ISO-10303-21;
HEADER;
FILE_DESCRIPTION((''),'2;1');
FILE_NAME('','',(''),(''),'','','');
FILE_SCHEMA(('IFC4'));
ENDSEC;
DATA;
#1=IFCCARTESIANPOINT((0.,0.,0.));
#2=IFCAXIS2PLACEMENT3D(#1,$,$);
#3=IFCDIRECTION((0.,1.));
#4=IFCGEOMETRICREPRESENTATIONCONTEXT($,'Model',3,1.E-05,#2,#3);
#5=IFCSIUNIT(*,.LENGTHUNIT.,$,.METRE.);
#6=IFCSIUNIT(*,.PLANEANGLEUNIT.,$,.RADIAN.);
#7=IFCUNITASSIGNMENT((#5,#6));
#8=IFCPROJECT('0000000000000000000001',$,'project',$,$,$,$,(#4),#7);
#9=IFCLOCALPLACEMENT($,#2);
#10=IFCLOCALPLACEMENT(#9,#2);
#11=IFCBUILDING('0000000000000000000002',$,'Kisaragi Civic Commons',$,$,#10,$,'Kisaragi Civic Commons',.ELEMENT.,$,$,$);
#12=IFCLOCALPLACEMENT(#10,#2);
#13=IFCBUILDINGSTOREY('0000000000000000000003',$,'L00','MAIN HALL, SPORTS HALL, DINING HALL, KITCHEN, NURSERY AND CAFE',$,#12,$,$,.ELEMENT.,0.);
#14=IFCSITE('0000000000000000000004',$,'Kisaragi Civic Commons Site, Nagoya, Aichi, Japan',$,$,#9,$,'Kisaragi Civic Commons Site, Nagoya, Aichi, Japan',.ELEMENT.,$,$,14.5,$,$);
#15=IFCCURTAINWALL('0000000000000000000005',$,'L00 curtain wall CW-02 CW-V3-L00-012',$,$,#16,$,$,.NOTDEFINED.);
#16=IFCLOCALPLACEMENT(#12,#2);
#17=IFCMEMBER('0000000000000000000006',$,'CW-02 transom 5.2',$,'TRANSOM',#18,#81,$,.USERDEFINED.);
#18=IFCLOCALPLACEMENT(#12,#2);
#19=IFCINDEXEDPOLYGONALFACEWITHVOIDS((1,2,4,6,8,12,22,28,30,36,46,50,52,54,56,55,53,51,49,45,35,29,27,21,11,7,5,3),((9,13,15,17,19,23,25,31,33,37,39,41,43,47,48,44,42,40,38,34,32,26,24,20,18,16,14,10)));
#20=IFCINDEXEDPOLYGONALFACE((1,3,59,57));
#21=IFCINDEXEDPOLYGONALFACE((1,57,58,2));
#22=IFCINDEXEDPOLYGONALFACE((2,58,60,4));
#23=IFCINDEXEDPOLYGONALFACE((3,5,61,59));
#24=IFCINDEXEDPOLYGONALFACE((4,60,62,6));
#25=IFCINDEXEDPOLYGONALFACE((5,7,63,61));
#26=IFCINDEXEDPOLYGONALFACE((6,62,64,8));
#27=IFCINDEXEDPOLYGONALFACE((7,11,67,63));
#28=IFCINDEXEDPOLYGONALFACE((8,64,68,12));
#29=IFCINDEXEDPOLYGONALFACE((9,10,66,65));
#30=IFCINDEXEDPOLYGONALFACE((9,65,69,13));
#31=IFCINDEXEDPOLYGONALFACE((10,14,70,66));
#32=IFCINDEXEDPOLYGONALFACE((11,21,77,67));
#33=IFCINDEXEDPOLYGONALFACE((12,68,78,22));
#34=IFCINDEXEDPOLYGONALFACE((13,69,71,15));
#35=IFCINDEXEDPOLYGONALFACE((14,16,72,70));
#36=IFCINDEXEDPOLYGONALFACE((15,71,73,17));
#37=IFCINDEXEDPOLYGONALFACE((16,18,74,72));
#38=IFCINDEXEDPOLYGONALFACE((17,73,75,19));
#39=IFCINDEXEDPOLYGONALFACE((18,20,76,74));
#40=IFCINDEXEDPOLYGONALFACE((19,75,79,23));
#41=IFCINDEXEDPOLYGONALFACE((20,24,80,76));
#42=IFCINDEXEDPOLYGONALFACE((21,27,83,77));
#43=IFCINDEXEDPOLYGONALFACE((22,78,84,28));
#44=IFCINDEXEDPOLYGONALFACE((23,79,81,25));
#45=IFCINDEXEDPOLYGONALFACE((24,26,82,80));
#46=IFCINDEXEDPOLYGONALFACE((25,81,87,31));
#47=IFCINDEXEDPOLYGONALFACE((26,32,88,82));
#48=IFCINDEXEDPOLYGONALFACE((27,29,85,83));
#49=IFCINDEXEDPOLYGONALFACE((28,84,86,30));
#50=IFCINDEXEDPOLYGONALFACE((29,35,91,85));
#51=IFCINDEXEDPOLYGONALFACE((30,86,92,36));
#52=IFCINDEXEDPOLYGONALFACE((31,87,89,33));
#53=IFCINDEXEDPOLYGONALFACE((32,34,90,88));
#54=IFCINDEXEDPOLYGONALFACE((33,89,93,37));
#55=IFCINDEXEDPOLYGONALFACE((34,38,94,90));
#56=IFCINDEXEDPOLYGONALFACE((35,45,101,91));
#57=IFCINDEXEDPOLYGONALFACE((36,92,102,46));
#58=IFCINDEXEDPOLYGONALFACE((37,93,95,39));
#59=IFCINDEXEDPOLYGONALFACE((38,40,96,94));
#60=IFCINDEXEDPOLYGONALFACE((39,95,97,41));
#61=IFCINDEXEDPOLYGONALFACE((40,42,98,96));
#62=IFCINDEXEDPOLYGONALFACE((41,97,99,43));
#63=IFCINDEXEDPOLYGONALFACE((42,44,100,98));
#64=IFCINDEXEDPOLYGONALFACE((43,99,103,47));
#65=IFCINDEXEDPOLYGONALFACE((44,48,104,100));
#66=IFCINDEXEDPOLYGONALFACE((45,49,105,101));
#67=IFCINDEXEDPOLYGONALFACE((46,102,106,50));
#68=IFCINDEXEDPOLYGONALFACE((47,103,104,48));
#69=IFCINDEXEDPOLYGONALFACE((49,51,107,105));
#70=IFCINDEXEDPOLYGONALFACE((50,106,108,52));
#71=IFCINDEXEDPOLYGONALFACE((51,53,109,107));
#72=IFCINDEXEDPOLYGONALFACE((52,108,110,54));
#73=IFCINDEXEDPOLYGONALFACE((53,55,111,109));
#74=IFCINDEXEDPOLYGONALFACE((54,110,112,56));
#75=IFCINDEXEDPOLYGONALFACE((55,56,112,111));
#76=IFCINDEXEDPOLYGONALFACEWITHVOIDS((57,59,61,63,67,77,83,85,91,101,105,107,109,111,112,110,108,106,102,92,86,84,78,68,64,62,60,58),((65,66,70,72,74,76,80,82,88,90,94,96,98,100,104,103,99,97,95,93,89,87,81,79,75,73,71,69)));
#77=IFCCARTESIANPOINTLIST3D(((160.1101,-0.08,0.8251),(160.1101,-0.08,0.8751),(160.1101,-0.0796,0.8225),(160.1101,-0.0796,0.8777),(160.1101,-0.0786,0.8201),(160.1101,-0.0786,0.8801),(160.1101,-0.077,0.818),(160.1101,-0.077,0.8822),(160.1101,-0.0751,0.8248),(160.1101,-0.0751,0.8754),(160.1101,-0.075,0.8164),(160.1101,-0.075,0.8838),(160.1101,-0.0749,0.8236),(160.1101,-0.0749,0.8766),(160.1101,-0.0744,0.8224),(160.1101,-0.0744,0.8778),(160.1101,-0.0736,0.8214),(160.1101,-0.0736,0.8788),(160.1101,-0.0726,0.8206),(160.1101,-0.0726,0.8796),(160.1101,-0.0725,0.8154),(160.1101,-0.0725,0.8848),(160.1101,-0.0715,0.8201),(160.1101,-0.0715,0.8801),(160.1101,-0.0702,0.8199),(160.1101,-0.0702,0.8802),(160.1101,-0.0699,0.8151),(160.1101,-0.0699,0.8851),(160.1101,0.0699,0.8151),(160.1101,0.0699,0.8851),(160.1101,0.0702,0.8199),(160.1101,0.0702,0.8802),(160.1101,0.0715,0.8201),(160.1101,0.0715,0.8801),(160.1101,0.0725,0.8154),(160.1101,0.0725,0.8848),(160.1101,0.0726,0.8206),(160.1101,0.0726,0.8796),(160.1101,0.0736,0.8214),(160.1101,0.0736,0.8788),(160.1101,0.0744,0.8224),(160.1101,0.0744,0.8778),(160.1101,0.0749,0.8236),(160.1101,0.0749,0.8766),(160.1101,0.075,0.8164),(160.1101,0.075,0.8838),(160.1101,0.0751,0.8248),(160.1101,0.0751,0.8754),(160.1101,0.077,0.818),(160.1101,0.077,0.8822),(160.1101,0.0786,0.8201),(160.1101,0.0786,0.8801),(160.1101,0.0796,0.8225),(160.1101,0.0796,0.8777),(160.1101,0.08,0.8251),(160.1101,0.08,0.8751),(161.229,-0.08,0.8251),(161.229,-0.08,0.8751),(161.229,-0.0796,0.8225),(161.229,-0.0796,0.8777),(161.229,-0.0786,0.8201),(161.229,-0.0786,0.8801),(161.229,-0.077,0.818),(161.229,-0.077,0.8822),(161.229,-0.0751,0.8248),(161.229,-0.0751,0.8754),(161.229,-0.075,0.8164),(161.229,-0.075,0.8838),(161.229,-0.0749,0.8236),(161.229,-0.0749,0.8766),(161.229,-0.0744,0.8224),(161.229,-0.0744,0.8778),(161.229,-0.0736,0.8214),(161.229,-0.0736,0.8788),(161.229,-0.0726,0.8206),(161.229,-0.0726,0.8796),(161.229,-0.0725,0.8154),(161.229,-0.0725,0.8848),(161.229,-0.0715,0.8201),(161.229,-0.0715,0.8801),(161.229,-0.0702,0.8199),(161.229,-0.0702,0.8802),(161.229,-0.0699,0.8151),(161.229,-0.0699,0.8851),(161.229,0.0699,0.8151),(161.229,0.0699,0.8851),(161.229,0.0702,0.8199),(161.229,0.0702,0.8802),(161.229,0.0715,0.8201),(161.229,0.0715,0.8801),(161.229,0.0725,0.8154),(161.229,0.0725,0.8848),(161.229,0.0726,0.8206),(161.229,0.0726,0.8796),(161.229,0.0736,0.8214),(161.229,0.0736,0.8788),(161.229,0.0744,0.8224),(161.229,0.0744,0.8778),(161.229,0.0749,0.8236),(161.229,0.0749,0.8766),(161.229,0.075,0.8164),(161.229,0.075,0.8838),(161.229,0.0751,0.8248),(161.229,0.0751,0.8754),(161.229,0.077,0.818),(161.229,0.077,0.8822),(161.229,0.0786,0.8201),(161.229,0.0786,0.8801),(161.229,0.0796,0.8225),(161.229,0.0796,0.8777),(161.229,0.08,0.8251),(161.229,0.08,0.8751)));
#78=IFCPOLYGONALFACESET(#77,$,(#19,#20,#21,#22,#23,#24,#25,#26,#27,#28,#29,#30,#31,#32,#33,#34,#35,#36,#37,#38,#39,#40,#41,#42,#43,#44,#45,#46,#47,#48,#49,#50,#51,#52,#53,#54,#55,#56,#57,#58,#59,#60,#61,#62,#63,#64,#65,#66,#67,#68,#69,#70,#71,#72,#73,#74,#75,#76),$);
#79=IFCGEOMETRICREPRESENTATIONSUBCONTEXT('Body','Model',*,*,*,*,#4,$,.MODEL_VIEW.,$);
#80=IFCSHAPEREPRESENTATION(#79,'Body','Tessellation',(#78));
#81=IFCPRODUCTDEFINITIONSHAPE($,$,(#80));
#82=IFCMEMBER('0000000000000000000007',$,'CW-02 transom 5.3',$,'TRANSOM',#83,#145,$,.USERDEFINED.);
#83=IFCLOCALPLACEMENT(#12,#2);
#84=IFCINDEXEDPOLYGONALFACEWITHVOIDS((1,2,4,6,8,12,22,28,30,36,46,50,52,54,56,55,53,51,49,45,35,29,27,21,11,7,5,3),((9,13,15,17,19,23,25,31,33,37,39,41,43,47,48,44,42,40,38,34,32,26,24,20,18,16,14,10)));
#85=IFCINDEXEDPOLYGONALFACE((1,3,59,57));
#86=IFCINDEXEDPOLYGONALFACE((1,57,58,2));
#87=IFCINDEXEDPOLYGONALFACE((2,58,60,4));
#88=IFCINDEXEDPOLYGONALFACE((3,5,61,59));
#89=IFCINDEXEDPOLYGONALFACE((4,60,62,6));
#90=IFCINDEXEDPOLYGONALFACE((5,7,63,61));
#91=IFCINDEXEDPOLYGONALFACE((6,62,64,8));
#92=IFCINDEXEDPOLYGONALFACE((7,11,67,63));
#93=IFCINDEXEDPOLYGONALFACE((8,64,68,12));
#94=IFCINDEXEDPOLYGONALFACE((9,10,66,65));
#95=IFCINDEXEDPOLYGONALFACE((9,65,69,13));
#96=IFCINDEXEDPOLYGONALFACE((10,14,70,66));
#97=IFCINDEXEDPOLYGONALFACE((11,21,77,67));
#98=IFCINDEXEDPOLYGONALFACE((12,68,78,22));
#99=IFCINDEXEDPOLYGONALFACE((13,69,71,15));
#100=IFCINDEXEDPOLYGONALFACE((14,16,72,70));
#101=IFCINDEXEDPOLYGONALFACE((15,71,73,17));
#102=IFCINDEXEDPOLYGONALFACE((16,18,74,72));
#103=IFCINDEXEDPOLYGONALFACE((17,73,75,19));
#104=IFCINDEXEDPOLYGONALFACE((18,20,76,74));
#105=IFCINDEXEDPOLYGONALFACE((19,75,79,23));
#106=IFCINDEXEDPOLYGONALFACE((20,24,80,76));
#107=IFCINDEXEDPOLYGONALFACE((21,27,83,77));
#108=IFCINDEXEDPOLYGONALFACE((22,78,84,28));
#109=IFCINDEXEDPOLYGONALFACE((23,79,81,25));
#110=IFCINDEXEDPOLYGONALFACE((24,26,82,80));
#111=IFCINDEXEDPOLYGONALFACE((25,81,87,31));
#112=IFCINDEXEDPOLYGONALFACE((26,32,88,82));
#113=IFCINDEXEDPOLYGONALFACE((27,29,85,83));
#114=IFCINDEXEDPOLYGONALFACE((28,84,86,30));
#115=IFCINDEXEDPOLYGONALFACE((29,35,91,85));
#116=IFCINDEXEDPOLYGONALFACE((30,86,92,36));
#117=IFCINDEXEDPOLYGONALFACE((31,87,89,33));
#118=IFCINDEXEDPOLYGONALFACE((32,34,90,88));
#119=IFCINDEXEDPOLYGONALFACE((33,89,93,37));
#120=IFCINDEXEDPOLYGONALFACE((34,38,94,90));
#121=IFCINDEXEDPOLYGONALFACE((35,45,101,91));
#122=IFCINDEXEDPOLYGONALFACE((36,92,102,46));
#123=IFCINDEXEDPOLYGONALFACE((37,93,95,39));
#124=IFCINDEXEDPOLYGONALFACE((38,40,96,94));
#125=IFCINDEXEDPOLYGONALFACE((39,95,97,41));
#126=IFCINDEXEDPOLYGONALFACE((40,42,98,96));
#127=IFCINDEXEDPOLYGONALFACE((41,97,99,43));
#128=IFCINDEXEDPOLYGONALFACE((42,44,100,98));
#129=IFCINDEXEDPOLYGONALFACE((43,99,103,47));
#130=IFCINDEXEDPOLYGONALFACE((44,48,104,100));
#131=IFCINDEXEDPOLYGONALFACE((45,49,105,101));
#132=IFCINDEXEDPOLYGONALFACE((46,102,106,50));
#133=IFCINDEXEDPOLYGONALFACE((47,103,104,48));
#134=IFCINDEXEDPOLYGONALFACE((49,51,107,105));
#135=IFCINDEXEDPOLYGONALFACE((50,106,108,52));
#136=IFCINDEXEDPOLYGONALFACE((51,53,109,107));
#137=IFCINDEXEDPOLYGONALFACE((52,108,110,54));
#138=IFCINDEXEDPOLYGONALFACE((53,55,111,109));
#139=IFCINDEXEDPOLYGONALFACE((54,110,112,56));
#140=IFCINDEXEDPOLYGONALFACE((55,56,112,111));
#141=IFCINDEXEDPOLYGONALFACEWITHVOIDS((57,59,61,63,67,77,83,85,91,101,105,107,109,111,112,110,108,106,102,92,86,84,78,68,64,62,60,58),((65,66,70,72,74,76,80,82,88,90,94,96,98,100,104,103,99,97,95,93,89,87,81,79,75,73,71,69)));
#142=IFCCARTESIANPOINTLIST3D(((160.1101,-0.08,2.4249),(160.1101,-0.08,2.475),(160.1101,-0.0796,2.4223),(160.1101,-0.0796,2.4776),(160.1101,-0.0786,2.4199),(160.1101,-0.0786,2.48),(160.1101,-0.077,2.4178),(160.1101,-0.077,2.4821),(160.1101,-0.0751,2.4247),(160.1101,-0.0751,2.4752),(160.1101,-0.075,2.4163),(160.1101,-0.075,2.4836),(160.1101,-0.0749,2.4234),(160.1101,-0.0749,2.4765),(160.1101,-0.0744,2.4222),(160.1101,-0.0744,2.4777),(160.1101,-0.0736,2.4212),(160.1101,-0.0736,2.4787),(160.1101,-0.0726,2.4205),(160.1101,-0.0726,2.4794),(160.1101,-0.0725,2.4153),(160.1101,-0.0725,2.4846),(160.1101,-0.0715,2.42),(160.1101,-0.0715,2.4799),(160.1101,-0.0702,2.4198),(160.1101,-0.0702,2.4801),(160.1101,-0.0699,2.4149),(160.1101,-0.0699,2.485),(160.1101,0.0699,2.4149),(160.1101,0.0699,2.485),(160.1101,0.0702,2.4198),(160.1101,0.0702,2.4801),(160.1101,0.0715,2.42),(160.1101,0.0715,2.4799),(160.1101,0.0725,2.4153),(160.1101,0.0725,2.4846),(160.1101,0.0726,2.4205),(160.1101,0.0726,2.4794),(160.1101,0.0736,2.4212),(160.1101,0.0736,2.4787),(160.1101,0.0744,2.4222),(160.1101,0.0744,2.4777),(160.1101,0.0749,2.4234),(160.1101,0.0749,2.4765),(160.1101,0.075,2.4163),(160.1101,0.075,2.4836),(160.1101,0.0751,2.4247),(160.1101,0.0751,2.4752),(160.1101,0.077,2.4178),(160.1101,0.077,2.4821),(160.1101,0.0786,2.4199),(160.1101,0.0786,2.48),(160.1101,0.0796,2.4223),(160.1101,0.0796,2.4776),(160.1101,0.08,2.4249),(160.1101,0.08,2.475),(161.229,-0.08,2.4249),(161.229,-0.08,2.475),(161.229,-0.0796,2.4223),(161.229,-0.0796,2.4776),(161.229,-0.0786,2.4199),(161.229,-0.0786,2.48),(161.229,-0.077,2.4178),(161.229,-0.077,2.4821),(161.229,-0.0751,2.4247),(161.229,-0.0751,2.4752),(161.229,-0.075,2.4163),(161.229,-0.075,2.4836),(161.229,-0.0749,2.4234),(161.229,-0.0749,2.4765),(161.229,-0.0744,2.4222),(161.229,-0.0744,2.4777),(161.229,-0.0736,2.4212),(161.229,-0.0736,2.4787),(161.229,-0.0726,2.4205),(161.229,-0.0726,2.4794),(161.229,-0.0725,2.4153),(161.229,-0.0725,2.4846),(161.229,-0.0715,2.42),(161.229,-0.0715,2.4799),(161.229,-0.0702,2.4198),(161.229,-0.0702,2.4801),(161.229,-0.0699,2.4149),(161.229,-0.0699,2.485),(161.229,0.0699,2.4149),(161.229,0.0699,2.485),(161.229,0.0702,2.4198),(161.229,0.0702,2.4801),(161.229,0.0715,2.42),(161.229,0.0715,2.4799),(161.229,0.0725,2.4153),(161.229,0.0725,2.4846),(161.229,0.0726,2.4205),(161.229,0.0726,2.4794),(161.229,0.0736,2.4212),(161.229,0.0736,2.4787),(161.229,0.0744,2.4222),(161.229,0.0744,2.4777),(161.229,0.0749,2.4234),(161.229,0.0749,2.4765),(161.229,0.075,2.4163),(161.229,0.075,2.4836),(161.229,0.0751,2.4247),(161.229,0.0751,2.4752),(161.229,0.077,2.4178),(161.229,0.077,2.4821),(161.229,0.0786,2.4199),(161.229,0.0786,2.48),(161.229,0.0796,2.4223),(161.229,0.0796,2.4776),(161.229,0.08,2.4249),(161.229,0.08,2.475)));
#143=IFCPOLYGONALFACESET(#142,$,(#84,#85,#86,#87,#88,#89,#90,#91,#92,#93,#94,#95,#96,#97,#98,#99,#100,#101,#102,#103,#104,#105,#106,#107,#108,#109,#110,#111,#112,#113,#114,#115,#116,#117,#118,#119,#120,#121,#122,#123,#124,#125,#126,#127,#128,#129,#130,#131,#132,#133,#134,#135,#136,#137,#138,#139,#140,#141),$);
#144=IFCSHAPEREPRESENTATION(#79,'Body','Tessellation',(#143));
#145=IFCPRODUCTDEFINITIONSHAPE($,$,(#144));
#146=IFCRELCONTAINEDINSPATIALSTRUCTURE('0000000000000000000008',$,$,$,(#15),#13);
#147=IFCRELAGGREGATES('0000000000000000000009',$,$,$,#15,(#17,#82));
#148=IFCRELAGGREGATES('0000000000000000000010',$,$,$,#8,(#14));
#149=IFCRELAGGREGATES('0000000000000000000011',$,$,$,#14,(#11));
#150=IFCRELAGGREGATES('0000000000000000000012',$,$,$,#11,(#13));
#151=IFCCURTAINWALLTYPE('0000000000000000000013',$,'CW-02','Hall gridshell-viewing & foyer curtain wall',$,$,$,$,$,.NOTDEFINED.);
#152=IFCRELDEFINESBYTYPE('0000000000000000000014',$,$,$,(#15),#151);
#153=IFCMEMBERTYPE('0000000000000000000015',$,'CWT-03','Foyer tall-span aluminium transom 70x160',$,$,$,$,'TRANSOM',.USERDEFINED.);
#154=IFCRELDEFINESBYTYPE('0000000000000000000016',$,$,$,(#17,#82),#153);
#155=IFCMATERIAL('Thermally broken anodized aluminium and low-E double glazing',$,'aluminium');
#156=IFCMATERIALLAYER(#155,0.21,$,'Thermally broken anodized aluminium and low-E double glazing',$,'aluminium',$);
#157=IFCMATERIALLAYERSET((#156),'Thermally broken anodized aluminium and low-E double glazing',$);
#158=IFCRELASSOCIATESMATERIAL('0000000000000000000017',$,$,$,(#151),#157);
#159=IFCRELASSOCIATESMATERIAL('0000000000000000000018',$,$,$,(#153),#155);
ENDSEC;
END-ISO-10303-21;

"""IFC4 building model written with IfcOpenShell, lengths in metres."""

from ifc_helpers import new_model, si_unit, direction, frame, origin, origin_2d, place, context, subcontext, project, spatial, hollow_rectangle, extrude, material, layer, layer_set, material_profile, profile_set, type_object, element, aggregate, save


model = new_model("IFC4")

# Units and contexts
model_context = context("Model", 3, precision=1e-05, world=origin(), true_north=direction((0.0, 1.0)))
body_context = subcontext(model_context, "Body", "Model", "MODEL_VIEW")
ifc_project = project(units=[si_unit("LENGTHUNIT", "METRE"), si_unit("PLANEANGLEUNIT", "RADIAN")], contexts=[model_context])

# Site, building, storey
site_placement = place(None, origin())
site = spatial("IfcSite", under=ifc_project, at=site_placement, Name="Kisaragi Civic Commons Site, Nagoya, Aichi, Japan", LongName="Kisaragi Civic Commons Site, Nagoya, Aichi, Japan", CompositionType="ELEMENT", RefElevation=14.5)
building_placement = place(site_placement, origin())
building = spatial("IfcBuilding", under=site, at=building_placement, Name="Kisaragi Civic Commons", LongName="Kisaragi Civic Commons", CompositionType="ELEMENT")
storey_placement = place(building_placement, origin())
storey = spatial("IfcBuildingStorey", under=building, at=storey_placement, Name="L00", Description="MAIN HALL, SPORTS HALL, DINING HALL, KITCHEN, NURSERY AND CAFE", CompositionType="ELEMENT", Elevation=0.0)

# Curtain wall, members
ifc_material = material(Name="Thermally broken anodized aluminium and low-E double glazing", Category="aluminium")
ifc_layer_1 = layer(ifc_material, 0.21, Name="Thermally broken anodized aluminium and low-E double glazing", Category="aluminium")
ifc_layer_set_1 = layer_set([ifc_layer_1], Name="Thermally broken anodized aluminium and low-E double glazing")
curtain_wall_type = type_object("IfcCurtainWallType", Name="CW-02", Description="Hall gridshell-viewing & foyer curtain wall", PredefinedType="NOTDEFINED", material=ifc_layer_set_1)
curtain_wall_placement = place(storey_placement, origin())
curtain_wall = element("IfcCurtainWall", 1, at=curtain_wall_placement, inside=storey, type_object=curtain_wall_type, Name="L00 curtain wall CW-02 CW-V3-L00-012", PredefinedType="NOTDEFINED")
ifc_material_profile_1 = material_profile(ifc_material, hollow_rectangle(XDim=0.1599, YDim=0.0701, WallThickness=0.0049, InnerFilletRadius=0.0049, OuterFilletRadius=0.01, at=origin_2d()), Name="CWT-70x160x5", Category="aluminium")
ifc_profile_set_1 = profile_set([ifc_material_profile_1], Name="Thermally broken anodized aluminium and low-E double glazing")
member_type_1 = type_object("IfcMemberType", Name="CWT-03", Description="Foyer tall-span aluminium transom 70x160", ElementType="TRANSOM", PredefinedType="USERDEFINED", material=ifc_profile_set_1)
member_1_placement = place(storey_placement, frame((161.229, 0.0, 0.8501), z_axis=(-1.0, 0.0, 0.0), x_axis=(0.0, -1.0, 0.0)))
member_1 = element("IfcMember", 2, at=member_1_placement, type_object=member_type_1, Name="CW-02 transom 5.2", ObjectType="TRANSOM", PredefinedType="USERDEFINED", context=body_context, shape_type="SweptSolid", body=[
    extrude(hollow_rectangle(XDim=0.1599, YDim=0.0701, WallThickness=0.0049, InnerFilletRadius=0.0049, OuterFilletRadius=0.01, at=origin_2d()), origin(), (0.0, 0.0, 1.0), 1.1189),
])
member_2_placement = place(storey_placement, frame((161.229, 0.0, 2.45), z_axis=(-1.0, 0.0, 0.0), x_axis=(0.0, -1.0, 0.0)))
member_2 = element("IfcMember", 3, at=member_2_placement, type_object=member_type_1, Name="CW-02 transom 5.3", ObjectType="TRANSOM", PredefinedType="USERDEFINED", context=body_context, shape_type="SweptSolid", body=[
    extrude(hollow_rectangle(XDim=0.1599, YDim=0.0701, WallThickness=0.0049, InnerFilletRadius=0.0049, OuterFilletRadius=0.01, at=origin_2d()), origin(), (0.0, 0.0, 1.0), 1.1189),
])
aggregate(curtain_wall, [member_1, member_2])

save(model, "model.ifc")
